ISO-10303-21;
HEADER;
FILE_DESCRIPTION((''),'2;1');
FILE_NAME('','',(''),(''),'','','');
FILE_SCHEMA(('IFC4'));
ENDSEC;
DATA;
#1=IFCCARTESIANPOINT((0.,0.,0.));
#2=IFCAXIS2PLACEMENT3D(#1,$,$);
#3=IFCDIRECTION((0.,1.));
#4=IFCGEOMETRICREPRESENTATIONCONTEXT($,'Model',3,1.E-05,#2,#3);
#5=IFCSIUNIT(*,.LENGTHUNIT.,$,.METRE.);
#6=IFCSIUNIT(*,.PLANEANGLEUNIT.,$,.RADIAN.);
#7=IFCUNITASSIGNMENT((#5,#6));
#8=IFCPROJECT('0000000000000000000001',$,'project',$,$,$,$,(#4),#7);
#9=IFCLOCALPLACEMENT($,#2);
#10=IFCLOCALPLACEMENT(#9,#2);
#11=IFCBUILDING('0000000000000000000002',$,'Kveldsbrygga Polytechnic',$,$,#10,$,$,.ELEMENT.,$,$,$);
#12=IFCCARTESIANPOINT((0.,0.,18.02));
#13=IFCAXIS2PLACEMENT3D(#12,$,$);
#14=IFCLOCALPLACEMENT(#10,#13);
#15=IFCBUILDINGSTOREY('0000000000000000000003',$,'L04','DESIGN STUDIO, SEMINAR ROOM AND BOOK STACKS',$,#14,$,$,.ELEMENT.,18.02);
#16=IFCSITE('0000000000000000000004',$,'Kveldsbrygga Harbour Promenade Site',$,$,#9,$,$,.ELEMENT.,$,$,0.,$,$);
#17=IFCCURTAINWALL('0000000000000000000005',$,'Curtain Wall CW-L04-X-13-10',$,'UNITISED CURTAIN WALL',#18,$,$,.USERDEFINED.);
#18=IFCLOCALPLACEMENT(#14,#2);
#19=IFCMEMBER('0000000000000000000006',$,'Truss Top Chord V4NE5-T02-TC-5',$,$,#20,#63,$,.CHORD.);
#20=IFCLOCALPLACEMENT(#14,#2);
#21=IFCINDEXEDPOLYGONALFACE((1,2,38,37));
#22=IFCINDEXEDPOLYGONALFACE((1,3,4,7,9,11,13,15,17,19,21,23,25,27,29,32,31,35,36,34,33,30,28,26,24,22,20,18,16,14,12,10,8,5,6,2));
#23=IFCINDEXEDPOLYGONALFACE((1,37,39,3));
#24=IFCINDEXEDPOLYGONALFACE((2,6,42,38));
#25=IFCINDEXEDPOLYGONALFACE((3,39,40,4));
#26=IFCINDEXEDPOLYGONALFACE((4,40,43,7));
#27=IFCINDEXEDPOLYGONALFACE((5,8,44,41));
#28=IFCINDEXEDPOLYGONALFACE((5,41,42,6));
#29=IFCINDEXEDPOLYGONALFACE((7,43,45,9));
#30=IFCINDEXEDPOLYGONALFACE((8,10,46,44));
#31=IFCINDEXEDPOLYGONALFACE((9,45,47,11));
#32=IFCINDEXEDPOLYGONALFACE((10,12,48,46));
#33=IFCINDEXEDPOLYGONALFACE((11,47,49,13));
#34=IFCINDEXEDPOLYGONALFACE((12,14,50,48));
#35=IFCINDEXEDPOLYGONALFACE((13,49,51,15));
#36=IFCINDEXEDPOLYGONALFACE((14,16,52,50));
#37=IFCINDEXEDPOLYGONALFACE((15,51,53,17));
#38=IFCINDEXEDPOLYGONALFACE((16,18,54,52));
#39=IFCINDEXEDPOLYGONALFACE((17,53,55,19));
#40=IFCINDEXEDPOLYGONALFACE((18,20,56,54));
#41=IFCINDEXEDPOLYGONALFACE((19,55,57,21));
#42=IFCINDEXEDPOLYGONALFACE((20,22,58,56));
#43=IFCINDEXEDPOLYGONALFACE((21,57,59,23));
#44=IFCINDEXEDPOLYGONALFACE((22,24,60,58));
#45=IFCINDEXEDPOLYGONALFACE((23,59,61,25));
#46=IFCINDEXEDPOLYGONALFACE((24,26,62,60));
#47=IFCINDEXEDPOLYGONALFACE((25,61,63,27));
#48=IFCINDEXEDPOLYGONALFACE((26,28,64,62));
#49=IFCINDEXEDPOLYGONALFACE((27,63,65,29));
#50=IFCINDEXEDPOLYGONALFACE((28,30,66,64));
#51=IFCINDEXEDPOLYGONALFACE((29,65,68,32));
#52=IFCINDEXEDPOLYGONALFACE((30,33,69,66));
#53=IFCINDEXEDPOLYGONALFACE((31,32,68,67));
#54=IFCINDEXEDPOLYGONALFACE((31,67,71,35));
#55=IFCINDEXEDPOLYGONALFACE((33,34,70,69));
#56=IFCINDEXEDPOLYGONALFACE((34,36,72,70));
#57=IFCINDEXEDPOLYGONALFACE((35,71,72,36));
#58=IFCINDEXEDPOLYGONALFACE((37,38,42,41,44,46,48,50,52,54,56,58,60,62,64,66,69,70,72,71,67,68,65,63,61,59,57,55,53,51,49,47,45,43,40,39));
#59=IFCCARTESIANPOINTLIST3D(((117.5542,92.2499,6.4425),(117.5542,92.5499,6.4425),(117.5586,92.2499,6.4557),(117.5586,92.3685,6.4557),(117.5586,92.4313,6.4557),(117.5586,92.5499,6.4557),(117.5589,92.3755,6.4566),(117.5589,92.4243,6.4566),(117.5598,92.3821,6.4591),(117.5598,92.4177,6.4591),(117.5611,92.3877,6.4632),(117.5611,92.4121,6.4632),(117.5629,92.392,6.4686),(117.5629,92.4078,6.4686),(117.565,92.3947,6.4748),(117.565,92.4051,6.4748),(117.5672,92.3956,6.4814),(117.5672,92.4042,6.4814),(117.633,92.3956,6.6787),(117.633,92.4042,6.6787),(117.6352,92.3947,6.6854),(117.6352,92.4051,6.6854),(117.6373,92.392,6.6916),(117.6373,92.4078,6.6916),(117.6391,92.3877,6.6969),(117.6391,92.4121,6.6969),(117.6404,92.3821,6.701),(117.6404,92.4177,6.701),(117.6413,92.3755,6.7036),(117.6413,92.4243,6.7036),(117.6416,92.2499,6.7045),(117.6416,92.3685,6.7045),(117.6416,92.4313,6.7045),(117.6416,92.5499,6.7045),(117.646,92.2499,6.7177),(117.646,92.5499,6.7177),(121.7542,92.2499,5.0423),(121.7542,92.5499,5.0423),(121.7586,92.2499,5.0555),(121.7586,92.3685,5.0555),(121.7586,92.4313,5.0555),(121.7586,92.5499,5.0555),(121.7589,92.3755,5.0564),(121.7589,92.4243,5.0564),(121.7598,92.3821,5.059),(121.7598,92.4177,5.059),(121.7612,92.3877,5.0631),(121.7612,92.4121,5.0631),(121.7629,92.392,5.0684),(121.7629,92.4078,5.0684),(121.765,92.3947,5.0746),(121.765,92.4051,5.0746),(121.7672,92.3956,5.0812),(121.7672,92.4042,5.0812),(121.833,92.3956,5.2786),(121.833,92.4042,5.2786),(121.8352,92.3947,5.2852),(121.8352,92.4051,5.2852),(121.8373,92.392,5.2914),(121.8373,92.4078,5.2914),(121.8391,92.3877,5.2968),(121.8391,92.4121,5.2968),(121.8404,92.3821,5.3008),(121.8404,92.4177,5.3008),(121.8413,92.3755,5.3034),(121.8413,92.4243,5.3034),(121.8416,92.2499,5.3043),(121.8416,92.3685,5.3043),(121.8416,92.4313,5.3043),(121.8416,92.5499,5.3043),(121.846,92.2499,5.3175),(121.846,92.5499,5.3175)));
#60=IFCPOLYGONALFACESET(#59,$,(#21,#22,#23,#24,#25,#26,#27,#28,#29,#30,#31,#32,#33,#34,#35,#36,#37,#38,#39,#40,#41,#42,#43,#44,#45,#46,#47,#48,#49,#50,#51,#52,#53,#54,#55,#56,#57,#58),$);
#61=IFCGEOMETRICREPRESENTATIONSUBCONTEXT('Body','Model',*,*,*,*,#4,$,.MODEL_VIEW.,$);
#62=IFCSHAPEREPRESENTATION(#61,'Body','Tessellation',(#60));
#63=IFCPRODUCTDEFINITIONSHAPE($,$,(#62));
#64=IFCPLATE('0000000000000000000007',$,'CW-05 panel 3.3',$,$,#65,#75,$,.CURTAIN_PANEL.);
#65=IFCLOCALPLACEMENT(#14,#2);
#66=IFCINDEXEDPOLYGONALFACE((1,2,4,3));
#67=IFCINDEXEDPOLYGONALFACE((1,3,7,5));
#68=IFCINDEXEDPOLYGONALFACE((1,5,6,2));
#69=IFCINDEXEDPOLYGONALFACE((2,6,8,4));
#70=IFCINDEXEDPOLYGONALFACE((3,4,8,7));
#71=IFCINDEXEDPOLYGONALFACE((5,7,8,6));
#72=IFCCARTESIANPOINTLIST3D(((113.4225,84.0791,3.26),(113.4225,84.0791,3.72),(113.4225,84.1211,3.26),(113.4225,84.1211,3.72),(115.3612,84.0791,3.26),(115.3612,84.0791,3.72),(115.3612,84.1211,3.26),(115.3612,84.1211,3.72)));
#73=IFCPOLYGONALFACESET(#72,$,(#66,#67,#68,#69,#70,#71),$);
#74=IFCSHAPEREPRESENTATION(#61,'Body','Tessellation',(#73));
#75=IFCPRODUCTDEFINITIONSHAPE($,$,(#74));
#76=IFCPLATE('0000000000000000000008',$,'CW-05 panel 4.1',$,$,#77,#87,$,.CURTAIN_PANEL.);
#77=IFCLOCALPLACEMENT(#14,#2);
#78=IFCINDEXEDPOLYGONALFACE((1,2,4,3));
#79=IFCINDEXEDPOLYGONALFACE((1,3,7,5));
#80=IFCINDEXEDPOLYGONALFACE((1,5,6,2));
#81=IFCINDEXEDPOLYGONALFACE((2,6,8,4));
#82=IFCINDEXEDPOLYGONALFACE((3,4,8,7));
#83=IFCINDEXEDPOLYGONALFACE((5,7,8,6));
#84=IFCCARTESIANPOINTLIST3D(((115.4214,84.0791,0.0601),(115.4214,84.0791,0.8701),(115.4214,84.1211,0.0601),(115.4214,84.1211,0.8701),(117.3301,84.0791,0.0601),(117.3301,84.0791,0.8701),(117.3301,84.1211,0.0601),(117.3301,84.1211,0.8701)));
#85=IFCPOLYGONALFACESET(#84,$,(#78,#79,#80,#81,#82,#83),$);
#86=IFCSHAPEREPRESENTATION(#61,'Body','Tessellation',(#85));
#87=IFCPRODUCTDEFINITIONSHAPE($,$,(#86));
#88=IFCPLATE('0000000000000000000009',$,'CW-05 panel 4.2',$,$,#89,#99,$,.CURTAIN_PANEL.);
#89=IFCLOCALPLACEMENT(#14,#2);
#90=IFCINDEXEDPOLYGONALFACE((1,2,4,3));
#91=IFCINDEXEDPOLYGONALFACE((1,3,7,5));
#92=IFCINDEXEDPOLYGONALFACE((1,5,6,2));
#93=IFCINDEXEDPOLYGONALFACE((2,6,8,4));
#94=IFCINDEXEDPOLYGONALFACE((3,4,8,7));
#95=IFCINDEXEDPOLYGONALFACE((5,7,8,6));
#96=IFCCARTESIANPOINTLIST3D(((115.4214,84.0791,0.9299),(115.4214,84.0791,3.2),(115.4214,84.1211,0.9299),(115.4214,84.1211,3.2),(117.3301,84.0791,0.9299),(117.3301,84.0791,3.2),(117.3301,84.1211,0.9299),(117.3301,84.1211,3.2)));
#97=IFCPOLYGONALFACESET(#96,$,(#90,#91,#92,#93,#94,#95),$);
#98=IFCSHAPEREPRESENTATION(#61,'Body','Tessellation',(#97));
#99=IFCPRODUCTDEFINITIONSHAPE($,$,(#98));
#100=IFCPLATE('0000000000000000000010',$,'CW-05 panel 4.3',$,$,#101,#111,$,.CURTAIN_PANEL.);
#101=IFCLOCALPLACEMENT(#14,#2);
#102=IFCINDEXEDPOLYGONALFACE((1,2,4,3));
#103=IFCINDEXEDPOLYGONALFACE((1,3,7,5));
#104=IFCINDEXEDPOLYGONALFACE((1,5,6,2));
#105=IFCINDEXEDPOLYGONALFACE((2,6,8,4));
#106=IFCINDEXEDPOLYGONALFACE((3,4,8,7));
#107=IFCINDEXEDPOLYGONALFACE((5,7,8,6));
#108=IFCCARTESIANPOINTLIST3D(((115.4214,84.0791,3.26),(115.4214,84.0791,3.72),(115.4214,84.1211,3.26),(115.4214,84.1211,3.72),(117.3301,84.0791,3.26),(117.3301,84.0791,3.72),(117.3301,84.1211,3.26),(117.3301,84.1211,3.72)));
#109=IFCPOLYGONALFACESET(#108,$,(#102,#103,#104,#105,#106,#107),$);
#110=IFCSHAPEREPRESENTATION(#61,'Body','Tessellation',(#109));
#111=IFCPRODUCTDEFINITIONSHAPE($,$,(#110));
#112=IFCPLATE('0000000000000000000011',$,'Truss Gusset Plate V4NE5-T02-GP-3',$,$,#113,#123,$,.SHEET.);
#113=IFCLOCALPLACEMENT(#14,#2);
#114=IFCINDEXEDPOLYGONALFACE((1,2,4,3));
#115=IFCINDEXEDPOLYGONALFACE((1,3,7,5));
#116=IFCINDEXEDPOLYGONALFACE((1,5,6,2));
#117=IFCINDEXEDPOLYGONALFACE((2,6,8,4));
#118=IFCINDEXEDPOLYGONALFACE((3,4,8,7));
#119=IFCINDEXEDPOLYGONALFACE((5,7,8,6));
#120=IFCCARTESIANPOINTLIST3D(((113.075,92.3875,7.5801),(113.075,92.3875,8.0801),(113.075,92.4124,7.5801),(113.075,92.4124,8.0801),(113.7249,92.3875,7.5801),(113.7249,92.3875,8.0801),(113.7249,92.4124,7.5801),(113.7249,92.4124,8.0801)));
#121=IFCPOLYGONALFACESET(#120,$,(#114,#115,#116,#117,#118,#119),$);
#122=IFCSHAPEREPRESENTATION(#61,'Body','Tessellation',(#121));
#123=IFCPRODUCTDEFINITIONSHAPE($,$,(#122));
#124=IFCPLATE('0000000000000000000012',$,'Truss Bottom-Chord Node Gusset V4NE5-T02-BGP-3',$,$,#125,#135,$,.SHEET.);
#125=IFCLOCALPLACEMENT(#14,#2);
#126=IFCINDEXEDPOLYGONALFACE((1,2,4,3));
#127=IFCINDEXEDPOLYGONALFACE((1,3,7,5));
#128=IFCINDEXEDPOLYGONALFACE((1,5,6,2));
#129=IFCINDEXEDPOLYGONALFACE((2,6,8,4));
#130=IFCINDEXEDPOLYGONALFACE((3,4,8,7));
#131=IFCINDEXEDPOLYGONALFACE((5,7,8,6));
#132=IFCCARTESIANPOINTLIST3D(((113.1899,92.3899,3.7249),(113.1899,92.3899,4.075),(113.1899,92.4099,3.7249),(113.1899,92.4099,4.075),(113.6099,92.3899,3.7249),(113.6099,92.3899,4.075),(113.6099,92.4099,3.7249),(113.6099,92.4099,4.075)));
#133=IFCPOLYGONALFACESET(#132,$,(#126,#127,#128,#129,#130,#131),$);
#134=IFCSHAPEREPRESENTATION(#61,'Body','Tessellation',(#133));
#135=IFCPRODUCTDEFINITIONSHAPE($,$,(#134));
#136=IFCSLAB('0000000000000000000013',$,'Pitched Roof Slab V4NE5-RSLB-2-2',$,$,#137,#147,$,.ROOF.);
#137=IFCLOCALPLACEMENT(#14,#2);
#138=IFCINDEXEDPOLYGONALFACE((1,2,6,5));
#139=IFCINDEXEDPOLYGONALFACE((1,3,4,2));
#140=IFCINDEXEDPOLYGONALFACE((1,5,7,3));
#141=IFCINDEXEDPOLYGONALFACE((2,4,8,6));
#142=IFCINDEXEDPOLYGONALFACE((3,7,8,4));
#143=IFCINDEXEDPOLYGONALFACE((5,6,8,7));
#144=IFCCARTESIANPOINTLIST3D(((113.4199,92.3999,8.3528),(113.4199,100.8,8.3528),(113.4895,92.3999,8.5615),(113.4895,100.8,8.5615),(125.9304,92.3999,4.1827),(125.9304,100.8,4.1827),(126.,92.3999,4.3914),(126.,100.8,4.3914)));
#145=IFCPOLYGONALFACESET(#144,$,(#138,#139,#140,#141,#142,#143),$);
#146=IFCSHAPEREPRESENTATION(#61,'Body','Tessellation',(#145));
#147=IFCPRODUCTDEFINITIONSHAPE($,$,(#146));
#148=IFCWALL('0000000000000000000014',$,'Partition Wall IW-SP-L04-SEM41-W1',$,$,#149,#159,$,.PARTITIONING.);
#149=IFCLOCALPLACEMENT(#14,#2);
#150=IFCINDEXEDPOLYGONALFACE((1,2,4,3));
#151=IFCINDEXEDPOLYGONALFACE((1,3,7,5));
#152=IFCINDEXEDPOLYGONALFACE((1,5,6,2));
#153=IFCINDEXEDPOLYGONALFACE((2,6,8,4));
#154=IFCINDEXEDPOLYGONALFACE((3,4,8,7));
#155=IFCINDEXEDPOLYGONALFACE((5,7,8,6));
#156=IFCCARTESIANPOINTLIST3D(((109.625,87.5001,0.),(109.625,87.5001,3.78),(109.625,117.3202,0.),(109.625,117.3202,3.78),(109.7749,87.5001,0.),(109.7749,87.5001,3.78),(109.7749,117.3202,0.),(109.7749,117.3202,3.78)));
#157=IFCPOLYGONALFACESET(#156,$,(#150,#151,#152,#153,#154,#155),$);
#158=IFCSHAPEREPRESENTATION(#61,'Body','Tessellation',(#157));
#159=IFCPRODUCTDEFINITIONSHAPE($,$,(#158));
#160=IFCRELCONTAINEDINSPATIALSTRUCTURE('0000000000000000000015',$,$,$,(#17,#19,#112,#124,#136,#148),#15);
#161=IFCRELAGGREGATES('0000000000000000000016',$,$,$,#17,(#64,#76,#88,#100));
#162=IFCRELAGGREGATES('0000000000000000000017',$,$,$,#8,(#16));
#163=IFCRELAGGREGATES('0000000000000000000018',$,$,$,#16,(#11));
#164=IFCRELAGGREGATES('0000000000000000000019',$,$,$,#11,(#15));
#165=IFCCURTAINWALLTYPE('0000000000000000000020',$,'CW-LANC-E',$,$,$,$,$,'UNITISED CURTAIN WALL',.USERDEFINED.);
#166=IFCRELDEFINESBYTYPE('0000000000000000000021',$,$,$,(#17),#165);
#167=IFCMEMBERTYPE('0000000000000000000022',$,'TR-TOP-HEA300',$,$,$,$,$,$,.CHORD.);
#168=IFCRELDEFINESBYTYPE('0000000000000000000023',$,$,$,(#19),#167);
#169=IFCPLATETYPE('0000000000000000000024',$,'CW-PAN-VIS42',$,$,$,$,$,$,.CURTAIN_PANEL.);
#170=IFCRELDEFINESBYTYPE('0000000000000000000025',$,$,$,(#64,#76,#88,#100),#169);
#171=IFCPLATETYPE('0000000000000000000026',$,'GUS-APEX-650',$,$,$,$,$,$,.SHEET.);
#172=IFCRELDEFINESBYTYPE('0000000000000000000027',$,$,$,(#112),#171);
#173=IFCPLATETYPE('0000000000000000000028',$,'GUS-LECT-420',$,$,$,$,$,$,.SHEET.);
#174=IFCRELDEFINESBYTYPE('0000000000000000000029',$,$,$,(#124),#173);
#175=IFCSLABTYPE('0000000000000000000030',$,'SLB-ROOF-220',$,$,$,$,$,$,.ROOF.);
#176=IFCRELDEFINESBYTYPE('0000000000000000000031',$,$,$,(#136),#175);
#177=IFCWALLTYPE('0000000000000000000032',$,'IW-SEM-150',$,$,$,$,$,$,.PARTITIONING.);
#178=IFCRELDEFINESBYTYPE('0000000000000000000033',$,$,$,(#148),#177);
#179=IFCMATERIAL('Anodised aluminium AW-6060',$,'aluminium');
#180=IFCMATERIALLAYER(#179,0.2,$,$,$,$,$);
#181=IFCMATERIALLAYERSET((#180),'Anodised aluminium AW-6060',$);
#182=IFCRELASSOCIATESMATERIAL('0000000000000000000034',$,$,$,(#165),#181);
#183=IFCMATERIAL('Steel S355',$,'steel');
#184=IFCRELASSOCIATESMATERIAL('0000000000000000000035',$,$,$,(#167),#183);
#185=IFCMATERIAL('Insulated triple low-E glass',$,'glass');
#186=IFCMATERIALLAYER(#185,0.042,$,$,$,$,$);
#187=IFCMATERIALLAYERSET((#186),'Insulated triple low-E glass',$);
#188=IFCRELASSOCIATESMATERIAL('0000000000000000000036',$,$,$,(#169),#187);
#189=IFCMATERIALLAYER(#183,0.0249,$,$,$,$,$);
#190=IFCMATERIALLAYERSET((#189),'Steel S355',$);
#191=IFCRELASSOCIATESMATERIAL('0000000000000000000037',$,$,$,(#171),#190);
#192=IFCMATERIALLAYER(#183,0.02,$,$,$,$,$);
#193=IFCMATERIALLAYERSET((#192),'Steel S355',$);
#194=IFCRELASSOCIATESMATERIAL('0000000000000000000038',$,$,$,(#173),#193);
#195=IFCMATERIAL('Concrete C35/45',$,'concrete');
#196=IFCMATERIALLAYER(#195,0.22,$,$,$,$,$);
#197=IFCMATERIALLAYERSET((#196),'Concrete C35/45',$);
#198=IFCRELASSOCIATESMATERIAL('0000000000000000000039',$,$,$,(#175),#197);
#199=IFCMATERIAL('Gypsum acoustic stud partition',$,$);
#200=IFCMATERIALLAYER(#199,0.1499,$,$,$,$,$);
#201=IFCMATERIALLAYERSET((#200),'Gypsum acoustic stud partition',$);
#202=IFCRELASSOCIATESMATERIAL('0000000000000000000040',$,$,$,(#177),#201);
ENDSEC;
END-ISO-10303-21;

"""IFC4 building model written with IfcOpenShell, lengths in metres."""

from ifc_helpers import new_model, si_unit, direction, frame, frame_2d, origin, origin_2d, place, context, subcontext, project, spatial, polyline, rectangle, i_section, outline, extrude, material, layer, layer_set, material_profile, profile_set, type_object, element, aggregate, save


model = new_model("IFC4")

# Units and contexts
model_context = context("Model", 3, precision=1e-05, world=origin(), true_north=direction((0.0, 1.0)))
body_context = subcontext(model_context, "Body", "Model", "MODEL_VIEW")
ifc_project = project(units=[si_unit("LENGTHUNIT", "METRE"), si_unit("PLANEANGLEUNIT", "RADIAN")], contexts=[model_context])

# Site, building, storey
site_placement = place(None, origin())
site = spatial("IfcSite", under=ifc_project, at=site_placement, Name="Kveldsbrygga Harbour Promenade Site", CompositionType="ELEMENT", RefElevation=0.0)
building_placement = place(site_placement, origin())
building = spatial("IfcBuilding", under=site, at=building_placement, Name="Kveldsbrygga Polytechnic", CompositionType="ELEMENT")
storey_placement = place(building_placement, frame((0.0, 0.0, 18.02)))
storey = spatial("IfcBuildingStorey", under=building, at=storey_placement, Name="L04", Description="DESIGN STUDIO, SEMINAR ROOM AND BOOK STACKS", CompositionType="ELEMENT", Elevation=18.02)

# Curtain wall
ifc_material_1 = material(Name="Anodised aluminium AW-6060", Category="aluminium")
ifc_layer_1 = layer(ifc_material_1, 0.2)
ifc_layer_set_1 = layer_set([ifc_layer_1], Name="Anodised aluminium AW-6060")
curtain_wall_type = type_object("IfcCurtainWallType", Name="CW-LANC-E", ElementType="UNITISED CURTAIN WALL", PredefinedType="USERDEFINED", material=ifc_layer_set_1)
curtain_wall_placement = place(storey_placement, origin())
curtain_wall = element("IfcCurtainWall", 1, at=curtain_wall_placement, inside=storey, type_object=curtain_wall_type, Name="Curtain Wall CW-L04-X-13-10", ObjectType="UNITISED CURTAIN WALL", PredefinedType="USERDEFINED")

# Member
ifc_material_2 = material(Name="Steel S355", Category="steel")
ifc_material_profile_1 = material_profile(ifc_material_2, i_section(OverallWidth=0.3, OverallDepth=0.29, WebThickness=0.0085, FlangeThickness=0.0139, FilletRadius=0.0271, at=origin_2d()), Name="HEA 300")
ifc_profile_set_1 = profile_set([ifc_material_profile_1], Name="Steel S355")
member_type_1 = type_object("IfcMemberType", Name="TR-TOP-HEA300", PredefinedType="CHORD", material=ifc_profile_set_1)
for number, where, z_axis, x_axis, name in (
    (2, (117.6001, 92.3999, 6.5801), (0.948672, 0.0, -0.316261), (0.0, 1.0, 0.0), "Truss Top Chord V4NE5-T02-TC-5"),
):
    element("IfcMember", number, at=place(storey_placement, frame(where, z_axis=z_axis, x_axis=x_axis)), inside=storey, type_object=member_type_1, Name=name, PredefinedType="CHORD", context=body_context, shape_type="SweptSolid", body=[
        extrude(i_section(OverallWidth=0.3, OverallDepth=0.29, WebThickness=0.0085, FlangeThickness=0.0139, FilletRadius=0.0271, at=origin_2d()), origin(), (0.0, 0.0, 1.0), 4.4272),
    ])

# Plates
ifc_material_3 = material(Name="Insulated triple low-E glass", Category="glass")
ifc_layer_2 = layer(ifc_material_3, 0.042)
ifc_layer_set_2 = layer_set([ifc_layer_2], Name="Insulated triple low-E glass")
plate_type_1 = type_object("IfcPlateType", Name="CW-PAN-VIS42", PredefinedType="CURTAIN_PANEL", material=ifc_layer_set_2)
plate_1_placement = place(storey_placement, frame((114.3918, 84.1001, 3.26), z_axis=(0.0, 0.0, 1.0), x_axis=(1.0, 0.0, 0.0)))
plate_1 = element("IfcPlate", 3, at=plate_1_placement, type_object=plate_type_1, Name="CW-05 panel 3.3", PredefinedType="CURTAIN_PANEL", context=body_context, shape_type="SweptSolid", body=[
    extrude(rectangle(XDim=1.9387, YDim=0.042, at=origin_2d()), origin(), (0.0, 0.0, 1.0), 0.46),
])
plate_2_placement = place(storey_placement, frame((116.3757, 84.1001, 0.0601), z_axis=(0.0, 0.0, 1.0), x_axis=(1.0, 0.0, 0.0)))
plate_2 = element("IfcPlate", 4, at=plate_2_placement, type_object=plate_type_1, Name="CW-05 panel 4.1", PredefinedType="CURTAIN_PANEL", context=body_context, shape_type="SweptSolid", body=[
    extrude(rectangle(XDim=1.9087, YDim=0.042, at=origin_2d()), origin(), (0.0, 0.0, 1.0), 0.8101),
])
plate_3_placement = place(storey_placement, frame((116.3757, 84.1001, 0.9299), z_axis=(0.0, 0.0, 1.0), x_axis=(1.0, 0.0, 0.0)))
plate_3 = element("IfcPlate", 5, at=plate_3_placement, type_object=plate_type_1, Name="CW-05 panel 4.2", PredefinedType="CURTAIN_PANEL", context=body_context, shape_type="SweptSolid", body=[
    extrude(rectangle(XDim=1.9087, YDim=0.042, at=origin_2d()), origin(), (0.0, 0.0, 1.0), 2.27),
])
plate_4_placement = place(storey_placement, frame((116.3757, 84.1001, 3.26), z_axis=(0.0, 0.0, 1.0), x_axis=(1.0, 0.0, 0.0)))
plate_4 = element("IfcPlate", 6, at=plate_4_placement, type_object=plate_type_1, Name="CW-05 panel 4.3", PredefinedType="CURTAIN_PANEL", context=body_context, shape_type="SweptSolid", body=[
    extrude(rectangle(XDim=1.9087, YDim=0.042, at=origin_2d()), origin(), (0.0, 0.0, 1.0), 0.46),
])
aggregate(curtain_wall, [plate_1, plate_2, plate_3, plate_4])

# Plates
ifc_layer_3 = layer(ifc_material_2, 0.0249)
ifc_layer_set_3 = layer_set([ifc_layer_3], Name="Steel S355")
plate_type_2 = type_object("IfcPlateType", Name="GUS-APEX-650", PredefinedType="SHEET", material=ifc_layer_set_3)
plate_5_placement = place(storey_placement, frame((113.3999, 92.3999, 7.5801), z_axis=(0.0, 0.0, 1.0), x_axis=(1.0, 0.0, 0.0)))
element("IfcPlate", 7, at=plate_5_placement, inside=storey, type_object=plate_type_2, Name="Truss Gusset Plate V4NE5-T02-GP-3", PredefinedType="SHEET", context=body_context, shape_type="SweptSolid", body=[
    extrude(rectangle(XDim=0.6499, YDim=0.0249, at=origin_2d()), origin(), (0.0, 0.0, 1.0), 0.5),
])
ifc_layer_4 = layer(ifc_material_2, 0.02)
ifc_layer_set_4 = layer_set([ifc_layer_4], Name="Steel S355")
plate_type_3 = type_object("IfcPlateType", Name="GUS-LECT-420", PredefinedType="SHEET", material=ifc_layer_set_4)
plate_6_placement = place(storey_placement, frame((113.3999, 92.3999, 3.7249), z_axis=(0.0, 0.0, 1.0), x_axis=(1.0, 0.0, 0.0)))
element("IfcPlate", 8, at=plate_6_placement, inside=storey, type_object=plate_type_3, Name="Truss Bottom-Chord Node Gusset V4NE5-T02-BGP-3", PredefinedType="SHEET", context=body_context, shape_type="SweptSolid", body=[
    extrude(rectangle(XDim=0.4199, YDim=0.02, at=origin_2d()), origin(), (0.0, 0.0, 1.0), 0.3501),
])

# Slab
ifc_material_4 = material(Name="Concrete C35/45", Category="concrete")
ifc_layer_5 = layer(ifc_material_4, 0.22)
ifc_layer_set_5 = layer_set([ifc_layer_5], Name="Concrete C35/45")
slab_type = type_object("IfcSlabType", Name="SLB-ROOF-220", PredefinedType="ROOF", material=ifc_layer_set_5)
slab_placement = place(storey_placement, frame((113.4895, 92.3999, 8.5615), z_axis=(0.316228, 0.0, 0.948683), x_axis=(0.948683, 0.0, -0.316228)))
element("IfcSlab", 9, at=slab_placement, inside=storey, type_object=slab_type, Name="Pitched Roof Slab V4NE5-RSLB-2-2", PredefinedType="ROOF", context=body_context, shape_type="SweptSolid", body=[
    extrude(outline(polyline([(0.0, 0.0), (13.1872, 0.0), (13.1872, 8.4001), (0.0, 8.4001), (0.0, 0.0)])), origin(), (0.0, 0.0, -1.0), 0.22),
])

# Wall
ifc_material_5 = material(Name="Gypsum acoustic stud partition")
ifc_layer_6 = layer(ifc_material_5, 0.1499)
ifc_layer_set_6 = layer_set([ifc_layer_6], Name="Gypsum acoustic stud partition")
wall_type = type_object("IfcWallType", Name="IW-SEM-150", PredefinedType="PARTITIONING", material=ifc_layer_set_6)
wall_placement = place(storey_placement, frame((109.7, 87.5, 0.0), z_axis=(0.0, 0.0, 1.0), x_axis=(0.0, 1.0, 0.0)))
element("IfcWall", 10, at=wall_placement, inside=storey, type_object=wall_type, Name="Partition Wall IW-SP-L04-SEM41-W1", PredefinedType="PARTITIONING", context=body_context, shape_type="SweptSolid", body=[
    extrude(rectangle(XDim=29.8201, YDim=0.1499, at=frame_2d((14.9102, 0.0))), origin(), (0.0, 0.0, 1.0), 3.78),
])

save(model, "model.ifc")
